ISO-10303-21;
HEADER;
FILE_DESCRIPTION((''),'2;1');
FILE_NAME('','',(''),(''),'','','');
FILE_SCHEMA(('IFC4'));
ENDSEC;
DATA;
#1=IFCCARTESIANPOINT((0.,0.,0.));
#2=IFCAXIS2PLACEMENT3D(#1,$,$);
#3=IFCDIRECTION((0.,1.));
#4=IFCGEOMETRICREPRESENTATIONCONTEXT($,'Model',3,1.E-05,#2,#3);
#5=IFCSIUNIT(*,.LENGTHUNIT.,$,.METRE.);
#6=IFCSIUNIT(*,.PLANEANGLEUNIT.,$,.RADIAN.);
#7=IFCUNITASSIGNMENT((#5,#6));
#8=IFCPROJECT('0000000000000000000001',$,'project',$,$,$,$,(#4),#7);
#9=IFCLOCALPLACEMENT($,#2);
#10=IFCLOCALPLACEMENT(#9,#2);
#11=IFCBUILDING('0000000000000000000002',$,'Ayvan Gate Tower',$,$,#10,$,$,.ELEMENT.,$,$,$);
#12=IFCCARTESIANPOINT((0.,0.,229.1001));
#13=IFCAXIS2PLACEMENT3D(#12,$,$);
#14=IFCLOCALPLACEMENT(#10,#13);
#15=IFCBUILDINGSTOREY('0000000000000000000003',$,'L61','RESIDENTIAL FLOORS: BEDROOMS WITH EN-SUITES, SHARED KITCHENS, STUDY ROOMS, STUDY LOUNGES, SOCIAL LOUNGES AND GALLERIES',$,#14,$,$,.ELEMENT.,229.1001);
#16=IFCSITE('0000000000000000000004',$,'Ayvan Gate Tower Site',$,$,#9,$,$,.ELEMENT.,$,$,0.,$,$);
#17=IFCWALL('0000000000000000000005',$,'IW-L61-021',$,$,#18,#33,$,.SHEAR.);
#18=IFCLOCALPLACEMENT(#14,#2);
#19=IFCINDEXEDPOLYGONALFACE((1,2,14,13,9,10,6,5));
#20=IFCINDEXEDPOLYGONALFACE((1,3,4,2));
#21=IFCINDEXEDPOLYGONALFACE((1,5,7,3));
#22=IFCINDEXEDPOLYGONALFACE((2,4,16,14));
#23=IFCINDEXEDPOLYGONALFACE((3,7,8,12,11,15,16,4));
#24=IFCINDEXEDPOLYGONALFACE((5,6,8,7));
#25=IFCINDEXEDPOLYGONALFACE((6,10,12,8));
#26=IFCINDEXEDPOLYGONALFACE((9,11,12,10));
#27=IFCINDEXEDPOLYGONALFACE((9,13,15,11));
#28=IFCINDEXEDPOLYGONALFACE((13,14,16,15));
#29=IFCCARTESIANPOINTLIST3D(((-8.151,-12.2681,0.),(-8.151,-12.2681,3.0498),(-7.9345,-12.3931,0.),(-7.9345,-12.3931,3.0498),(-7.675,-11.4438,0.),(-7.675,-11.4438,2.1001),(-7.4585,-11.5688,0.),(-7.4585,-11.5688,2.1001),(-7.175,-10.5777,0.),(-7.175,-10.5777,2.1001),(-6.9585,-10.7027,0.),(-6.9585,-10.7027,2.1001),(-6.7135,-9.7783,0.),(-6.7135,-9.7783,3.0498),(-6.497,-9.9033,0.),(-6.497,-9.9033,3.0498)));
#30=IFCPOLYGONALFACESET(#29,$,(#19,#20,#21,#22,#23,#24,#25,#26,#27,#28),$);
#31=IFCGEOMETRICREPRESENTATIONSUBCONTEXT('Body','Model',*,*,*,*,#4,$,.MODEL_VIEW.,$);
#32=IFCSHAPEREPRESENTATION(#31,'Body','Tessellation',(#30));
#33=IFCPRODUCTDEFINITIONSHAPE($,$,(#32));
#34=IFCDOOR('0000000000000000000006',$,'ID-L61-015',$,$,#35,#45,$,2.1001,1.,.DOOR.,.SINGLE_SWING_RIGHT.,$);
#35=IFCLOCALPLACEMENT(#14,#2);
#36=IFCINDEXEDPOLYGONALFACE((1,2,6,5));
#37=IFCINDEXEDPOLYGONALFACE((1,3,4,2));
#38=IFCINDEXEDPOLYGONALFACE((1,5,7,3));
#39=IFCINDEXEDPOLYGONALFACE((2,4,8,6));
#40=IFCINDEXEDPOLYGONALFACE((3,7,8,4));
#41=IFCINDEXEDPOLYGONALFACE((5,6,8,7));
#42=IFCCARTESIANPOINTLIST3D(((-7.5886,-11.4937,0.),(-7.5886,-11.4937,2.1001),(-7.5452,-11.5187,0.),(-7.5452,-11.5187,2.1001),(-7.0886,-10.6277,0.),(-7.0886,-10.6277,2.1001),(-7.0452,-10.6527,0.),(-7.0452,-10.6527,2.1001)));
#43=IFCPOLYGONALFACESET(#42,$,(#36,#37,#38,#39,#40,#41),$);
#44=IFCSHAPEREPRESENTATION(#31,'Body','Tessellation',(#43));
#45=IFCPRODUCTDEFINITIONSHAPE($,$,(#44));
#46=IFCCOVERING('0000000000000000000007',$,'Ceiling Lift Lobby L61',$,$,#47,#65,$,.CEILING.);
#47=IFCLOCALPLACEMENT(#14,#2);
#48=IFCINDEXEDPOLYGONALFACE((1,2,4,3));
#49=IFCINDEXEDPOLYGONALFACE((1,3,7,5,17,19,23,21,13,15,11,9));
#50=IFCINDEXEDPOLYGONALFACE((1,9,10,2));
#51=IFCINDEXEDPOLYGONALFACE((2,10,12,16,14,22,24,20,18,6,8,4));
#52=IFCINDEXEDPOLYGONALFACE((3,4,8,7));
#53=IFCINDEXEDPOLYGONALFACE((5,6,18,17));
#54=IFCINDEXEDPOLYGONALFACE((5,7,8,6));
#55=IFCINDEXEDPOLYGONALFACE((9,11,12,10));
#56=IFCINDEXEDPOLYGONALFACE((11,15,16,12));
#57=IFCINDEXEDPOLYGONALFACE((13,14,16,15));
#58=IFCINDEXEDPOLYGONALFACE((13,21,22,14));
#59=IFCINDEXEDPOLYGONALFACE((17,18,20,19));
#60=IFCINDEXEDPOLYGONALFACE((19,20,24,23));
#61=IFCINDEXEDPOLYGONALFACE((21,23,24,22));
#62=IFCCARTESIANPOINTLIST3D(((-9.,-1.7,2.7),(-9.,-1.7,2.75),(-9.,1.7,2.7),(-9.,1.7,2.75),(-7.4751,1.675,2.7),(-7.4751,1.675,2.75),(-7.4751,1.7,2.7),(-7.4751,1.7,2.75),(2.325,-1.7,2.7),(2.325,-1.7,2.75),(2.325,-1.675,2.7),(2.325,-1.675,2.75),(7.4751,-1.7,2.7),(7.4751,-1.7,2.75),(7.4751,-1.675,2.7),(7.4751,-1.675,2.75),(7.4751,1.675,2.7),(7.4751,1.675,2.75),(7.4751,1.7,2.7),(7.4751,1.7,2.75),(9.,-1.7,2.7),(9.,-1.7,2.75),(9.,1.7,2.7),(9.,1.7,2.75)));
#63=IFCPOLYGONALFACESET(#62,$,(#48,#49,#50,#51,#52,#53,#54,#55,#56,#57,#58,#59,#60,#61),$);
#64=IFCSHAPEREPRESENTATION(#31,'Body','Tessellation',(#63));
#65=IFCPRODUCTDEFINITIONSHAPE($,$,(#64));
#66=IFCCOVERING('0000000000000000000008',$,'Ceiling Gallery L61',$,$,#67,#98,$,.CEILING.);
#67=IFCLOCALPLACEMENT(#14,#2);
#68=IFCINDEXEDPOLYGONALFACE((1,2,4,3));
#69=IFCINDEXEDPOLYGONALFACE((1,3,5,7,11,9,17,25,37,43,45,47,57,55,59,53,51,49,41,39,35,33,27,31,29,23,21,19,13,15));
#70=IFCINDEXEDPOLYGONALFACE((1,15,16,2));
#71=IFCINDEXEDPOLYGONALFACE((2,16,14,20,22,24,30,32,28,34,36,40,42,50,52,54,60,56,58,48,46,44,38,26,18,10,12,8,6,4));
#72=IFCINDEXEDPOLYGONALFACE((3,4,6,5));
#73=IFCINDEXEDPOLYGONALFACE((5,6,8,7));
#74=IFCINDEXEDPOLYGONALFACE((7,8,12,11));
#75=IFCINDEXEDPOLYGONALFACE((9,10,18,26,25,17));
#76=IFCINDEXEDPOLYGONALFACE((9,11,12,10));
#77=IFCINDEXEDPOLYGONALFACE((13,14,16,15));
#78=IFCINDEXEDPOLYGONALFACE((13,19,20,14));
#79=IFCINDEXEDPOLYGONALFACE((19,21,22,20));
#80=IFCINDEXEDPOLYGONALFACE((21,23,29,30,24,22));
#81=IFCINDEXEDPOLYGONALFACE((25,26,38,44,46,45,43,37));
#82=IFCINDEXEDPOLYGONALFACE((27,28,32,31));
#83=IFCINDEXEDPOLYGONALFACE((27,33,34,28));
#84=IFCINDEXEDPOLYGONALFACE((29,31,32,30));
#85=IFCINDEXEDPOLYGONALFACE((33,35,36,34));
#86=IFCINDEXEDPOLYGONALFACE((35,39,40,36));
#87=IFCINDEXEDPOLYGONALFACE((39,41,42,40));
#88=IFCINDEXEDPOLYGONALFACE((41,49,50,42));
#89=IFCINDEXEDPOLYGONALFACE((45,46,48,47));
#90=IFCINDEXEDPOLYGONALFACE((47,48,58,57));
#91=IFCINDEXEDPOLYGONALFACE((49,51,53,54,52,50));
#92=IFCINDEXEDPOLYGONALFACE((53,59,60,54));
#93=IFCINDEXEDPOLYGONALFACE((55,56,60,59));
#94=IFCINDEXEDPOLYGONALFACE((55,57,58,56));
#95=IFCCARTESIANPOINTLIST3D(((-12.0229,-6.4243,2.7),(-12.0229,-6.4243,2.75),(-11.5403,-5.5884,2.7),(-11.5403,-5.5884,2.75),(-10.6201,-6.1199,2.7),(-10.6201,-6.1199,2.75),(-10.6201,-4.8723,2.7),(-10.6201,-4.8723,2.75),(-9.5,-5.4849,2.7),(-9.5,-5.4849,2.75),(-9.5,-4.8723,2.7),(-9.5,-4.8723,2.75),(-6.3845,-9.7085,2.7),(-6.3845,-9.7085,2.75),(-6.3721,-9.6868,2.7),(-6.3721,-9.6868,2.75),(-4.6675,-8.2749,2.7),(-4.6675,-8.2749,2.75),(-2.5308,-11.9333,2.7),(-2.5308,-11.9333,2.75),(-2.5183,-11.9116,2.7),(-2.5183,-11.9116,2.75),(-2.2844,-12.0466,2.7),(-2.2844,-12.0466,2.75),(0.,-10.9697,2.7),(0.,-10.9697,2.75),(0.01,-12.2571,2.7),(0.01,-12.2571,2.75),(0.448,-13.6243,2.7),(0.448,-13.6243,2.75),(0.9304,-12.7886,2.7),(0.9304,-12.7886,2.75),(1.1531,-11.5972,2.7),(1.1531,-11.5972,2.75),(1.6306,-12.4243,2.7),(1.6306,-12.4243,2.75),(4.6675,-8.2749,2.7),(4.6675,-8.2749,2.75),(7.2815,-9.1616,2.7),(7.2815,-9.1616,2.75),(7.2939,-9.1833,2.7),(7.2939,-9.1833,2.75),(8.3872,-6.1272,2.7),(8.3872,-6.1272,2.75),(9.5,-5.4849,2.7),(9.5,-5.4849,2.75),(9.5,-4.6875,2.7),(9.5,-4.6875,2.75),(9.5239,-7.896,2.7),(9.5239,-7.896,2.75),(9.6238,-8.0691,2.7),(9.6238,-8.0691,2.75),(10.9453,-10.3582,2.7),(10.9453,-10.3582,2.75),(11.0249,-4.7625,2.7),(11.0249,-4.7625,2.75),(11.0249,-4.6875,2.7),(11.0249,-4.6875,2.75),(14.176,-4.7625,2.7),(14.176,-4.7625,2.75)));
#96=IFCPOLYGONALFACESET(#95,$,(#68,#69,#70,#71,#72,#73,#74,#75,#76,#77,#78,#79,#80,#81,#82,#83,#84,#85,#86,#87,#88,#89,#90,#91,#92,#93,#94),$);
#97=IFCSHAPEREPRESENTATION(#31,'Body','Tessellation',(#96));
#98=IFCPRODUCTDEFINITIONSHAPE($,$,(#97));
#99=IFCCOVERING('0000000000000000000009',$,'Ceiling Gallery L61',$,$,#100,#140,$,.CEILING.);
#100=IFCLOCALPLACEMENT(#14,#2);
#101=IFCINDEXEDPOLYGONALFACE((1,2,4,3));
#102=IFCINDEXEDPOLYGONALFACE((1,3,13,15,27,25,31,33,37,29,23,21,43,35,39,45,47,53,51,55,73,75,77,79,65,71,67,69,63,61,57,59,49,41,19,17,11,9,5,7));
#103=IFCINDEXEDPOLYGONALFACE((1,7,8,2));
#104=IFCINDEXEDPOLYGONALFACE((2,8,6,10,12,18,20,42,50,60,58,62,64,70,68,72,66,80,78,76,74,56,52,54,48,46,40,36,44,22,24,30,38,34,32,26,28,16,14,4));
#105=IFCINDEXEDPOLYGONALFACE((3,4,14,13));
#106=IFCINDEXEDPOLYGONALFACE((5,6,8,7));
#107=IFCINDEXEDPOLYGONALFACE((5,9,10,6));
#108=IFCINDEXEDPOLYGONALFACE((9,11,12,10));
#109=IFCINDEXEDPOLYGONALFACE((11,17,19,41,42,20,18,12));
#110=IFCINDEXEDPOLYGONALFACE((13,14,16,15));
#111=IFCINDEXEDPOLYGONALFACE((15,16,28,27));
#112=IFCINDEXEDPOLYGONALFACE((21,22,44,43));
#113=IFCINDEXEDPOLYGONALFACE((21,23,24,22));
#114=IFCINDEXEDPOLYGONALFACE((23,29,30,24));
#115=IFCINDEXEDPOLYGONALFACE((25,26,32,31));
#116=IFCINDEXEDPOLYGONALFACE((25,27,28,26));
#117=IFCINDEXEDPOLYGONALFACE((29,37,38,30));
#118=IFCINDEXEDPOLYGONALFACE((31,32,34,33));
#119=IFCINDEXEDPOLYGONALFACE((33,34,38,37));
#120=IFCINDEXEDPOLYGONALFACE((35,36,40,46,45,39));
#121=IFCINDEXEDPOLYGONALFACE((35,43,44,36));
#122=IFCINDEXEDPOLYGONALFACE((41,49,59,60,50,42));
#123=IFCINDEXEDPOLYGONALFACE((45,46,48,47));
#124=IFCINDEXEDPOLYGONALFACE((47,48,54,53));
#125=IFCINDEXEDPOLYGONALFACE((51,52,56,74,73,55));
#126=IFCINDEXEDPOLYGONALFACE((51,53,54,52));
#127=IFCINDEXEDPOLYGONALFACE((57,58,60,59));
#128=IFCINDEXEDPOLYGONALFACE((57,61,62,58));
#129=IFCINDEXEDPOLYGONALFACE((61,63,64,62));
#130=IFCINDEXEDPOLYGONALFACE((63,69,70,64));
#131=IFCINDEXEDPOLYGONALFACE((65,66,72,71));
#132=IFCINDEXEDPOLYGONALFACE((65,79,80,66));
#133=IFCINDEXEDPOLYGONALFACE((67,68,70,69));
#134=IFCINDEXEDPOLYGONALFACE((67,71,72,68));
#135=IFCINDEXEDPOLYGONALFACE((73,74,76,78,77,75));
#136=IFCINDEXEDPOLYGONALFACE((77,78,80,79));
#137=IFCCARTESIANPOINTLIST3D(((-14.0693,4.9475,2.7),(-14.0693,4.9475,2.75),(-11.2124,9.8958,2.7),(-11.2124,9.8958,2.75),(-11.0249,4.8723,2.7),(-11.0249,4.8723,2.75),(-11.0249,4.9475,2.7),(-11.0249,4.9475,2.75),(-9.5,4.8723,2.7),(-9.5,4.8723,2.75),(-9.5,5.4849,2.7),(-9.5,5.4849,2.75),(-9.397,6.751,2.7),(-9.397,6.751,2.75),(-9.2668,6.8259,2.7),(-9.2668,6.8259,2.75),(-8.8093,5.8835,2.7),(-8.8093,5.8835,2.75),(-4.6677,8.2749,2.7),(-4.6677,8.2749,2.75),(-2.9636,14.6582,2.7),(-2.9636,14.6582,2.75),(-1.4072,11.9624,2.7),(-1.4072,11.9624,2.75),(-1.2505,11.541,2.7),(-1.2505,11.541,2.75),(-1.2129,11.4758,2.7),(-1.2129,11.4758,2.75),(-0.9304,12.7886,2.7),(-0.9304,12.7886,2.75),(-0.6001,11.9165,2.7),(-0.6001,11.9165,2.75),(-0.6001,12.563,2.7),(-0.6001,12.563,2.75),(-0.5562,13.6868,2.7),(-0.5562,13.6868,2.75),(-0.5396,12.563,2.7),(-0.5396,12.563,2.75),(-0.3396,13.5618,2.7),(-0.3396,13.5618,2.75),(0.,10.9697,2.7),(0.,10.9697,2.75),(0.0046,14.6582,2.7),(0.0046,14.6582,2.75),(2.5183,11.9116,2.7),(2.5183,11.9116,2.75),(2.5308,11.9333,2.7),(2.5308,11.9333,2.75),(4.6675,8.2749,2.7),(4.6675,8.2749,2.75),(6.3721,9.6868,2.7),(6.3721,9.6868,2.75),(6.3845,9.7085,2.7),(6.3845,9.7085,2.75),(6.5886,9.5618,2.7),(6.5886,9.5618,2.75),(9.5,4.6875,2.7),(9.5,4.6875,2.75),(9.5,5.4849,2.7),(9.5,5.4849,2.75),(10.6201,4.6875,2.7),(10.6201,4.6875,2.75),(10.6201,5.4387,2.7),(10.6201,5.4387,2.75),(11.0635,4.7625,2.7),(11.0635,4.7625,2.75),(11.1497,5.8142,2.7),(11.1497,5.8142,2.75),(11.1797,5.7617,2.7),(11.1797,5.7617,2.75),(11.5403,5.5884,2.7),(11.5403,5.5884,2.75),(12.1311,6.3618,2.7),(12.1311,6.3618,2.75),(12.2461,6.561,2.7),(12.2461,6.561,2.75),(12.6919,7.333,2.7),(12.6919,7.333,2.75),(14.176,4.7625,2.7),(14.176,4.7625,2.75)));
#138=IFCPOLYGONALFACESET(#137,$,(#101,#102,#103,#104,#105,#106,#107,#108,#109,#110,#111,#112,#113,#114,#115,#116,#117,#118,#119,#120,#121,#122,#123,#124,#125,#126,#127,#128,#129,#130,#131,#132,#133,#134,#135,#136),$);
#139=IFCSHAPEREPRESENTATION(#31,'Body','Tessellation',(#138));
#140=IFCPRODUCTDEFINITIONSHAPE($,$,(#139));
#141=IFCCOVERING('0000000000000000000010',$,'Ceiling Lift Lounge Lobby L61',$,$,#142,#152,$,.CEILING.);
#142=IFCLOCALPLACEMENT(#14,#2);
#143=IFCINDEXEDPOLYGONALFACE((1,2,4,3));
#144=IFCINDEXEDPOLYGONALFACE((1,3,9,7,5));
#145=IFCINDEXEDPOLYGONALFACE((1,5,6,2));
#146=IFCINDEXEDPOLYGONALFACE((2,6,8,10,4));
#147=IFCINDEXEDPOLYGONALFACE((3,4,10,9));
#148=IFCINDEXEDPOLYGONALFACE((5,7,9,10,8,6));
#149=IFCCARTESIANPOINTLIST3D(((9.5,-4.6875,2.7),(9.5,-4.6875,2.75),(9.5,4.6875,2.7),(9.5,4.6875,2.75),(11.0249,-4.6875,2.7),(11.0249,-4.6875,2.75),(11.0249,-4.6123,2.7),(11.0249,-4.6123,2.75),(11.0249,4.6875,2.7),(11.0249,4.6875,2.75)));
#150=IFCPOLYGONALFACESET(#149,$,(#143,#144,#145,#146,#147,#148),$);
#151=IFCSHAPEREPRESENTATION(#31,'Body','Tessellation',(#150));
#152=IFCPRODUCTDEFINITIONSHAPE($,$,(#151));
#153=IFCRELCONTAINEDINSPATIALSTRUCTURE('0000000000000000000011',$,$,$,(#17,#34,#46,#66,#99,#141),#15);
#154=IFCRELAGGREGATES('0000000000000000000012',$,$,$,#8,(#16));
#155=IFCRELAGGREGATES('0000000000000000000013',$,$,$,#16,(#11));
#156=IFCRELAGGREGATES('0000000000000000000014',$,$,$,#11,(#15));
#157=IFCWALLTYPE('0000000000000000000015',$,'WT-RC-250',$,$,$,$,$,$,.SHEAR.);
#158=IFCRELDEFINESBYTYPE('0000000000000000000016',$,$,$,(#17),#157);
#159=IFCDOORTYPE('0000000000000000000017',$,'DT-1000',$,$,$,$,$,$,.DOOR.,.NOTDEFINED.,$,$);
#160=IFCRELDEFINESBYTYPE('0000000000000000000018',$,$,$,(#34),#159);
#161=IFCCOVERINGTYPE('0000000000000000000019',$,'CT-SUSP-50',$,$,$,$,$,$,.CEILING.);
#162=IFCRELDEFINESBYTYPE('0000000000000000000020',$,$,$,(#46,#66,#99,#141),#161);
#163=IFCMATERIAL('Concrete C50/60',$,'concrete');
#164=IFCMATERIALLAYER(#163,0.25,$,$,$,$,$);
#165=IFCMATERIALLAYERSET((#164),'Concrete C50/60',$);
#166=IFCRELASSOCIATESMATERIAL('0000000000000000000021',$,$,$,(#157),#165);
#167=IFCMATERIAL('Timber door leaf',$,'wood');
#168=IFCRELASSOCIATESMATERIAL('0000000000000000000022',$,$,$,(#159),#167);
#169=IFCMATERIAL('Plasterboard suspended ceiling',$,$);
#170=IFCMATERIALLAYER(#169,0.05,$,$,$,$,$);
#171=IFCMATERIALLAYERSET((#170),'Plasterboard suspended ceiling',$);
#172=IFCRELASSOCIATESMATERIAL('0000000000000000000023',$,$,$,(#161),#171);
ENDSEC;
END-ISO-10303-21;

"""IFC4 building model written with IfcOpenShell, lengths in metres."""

from ifc_helpers import new_model, si_unit, direction, frame, frame_2d, origin, place, context, subcontext, project, spatial, polyline, rectangle, outline, extrude, material, layer, layer_set, type_object, element, fill, save


model = new_model("IFC4")

# Units and contexts
model_context = context("Model", 3, precision=1e-05, world=origin(), true_north=direction((0.0, 1.0)))
body_context = subcontext(model_context, "Body", "Model", "MODEL_VIEW")
ifc_project = project(units=[si_unit("LENGTHUNIT", "METRE"), si_unit("PLANEANGLEUNIT", "RADIAN")], contexts=[model_context])

# Site, building, storey
site_placement = place(None, origin())
site = spatial("IfcSite", under=ifc_project, at=site_placement, Name="Ayvan Gate Tower Site", CompositionType="ELEMENT", RefElevation=0.0)
building_placement = place(site_placement, origin())
building = spatial("IfcBuilding", under=site, at=building_placement, Name="Ayvan Gate Tower", CompositionType="ELEMENT")
storey_placement = place(building_placement, frame((0.0, 0.0, 229.1001)))
storey = spatial("IfcBuildingStorey", under=building, at=storey_placement, Name="L61", Description="RESIDENTIAL FLOORS: BEDROOMS WITH EN-SUITES, SHARED KITCHENS, STUDY ROOMS, STUDY LOUNGES, SOCIAL LOUNGES AND GALLERIES", CompositionType="ELEMENT", Elevation=229.1001)

# Shared definitions
ifc_material_1 = material(Name="Timber door leaf", Category="wood")

# Wall, opening, door
ifc_material_2 = material(Name="Concrete C50/60", Category="concrete")
ifc_layer_1 = layer(ifc_material_2, 0.25)
ifc_layer_set_1 = layer_set([ifc_layer_1], Name="Concrete C50/60")
wall_type_1 = type_object("IfcWallType", Name="WT-RC-250", PredefinedType="SHEAR", material=ifc_layer_set_1)
wall_1_placement = place(storey_placement, frame((-6.6052, -9.8408, 0.0), z_axis=(0.0, 0.0, 1.0), x_axis=(-0.500012, -0.866019, 0.0)))
wall_1 = element("IfcWall", 1, at=wall_1_placement, inside=storey, type_object=wall_type_1, Name="IW-L61-021", PredefinedType="SHEAR", context=body_context, shape_type="SweptSolid", body=[
    extrude(rectangle(XDim=2.875, YDim=0.25, at=frame_2d((1.4375, 0.0))), origin(), (0.0, 0.0, 1.0), 3.0498),
])
opening_1_placement = place(wall_1_placement, frame((0.9231, 0.0, 0.0)))
opening_1 = element("IfcOpeningElement", 2, at=opening_1_placement, cuts=wall_1, PredefinedType="OPENING", context=body_context, shape_type="SweptSolid", body=[
    extrude(rectangle(XDim=1.0, YDim=2.1001, at=frame_2d((0.5, 1.05))), frame((0.0, 0.135, 0.0), z_axis=(0.0, -1.0, 0.0), x_axis=(1.0, 0.0, 0.0)), (0.0, 0.0, 1.0), 0.27),
])
door_type_1 = type_object("IfcDoorType", Name="DT-1000", OperationType="NOTDEFINED", PredefinedType="DOOR", material=ifc_material_1)
door_1_placement = place(opening_1_placement, origin())
door_1 = element("IfcDoor", 3, at=door_1_placement, inside=storey, type_object=door_type_1, Name="ID-L61-015", OperationType="SINGLE_SWING_RIGHT", OverallHeight=2.1001, OverallWidth=1.0, PredefinedType="DOOR", context=body_context, shape_type="SweptSolid", body=[
    extrude(rectangle(XDim=1.0, YDim=2.1001, at=frame_2d((0.5, 1.05))), frame((0.0, 0.0249, 0.0), z_axis=(0.0, -1.0, 0.0), x_axis=(1.0, 0.0, 0.0)), (0.0, 0.0, 1.0), 0.05),
])
fill(opening_1, door_1)

# Coverings
ifc_material_3 = material(Name="Plasterboard suspended ceiling")
ifc_layer_2 = layer(ifc_material_3, 0.05)
ifc_layer_set_2 = layer_set([ifc_layer_2], Name="Plasterboard suspended ceiling")
covering_type = type_object("IfcCoveringType", Name="CT-SUSP-50", PredefinedType="CEILING", material=ifc_layer_set_2)
covering_1_placement = place(storey_placement, frame((0.0, 0.0, 2.7)))
element("IfcCovering", 4, at=covering_1_placement, inside=storey, type_object=covering_type, Name="Ceiling Lift Lobby L61", PredefinedType="CEILING", context=body_context, shape_type="SweptSolid", body=[
    extrude(outline(polyline([(7.4751, -1.675), (2.325, -1.675), (2.325, -1.7), (-9.0, -1.7), (-9.0, 1.7), (-7.4751, 1.7), (-7.4751, 1.675), (7.4751, 1.675), (7.4751, 1.7), (9.0, 1.7), (9.0, -1.7), (7.4751, -1.7), (7.4751, -1.675)])), origin(), (0.0, 0.0, 1.0), 0.05),
])
covering_2_placement = place(storey_placement, frame((0.0, 0.0, 2.7)))
element("IfcCovering", 5, at=covering_2_placement, inside=storey, type_object=covering_type, Name="Ceiling Gallery L61", PredefinedType="CEILING", context=body_context, shape_type="SweptSolid", body=[
    extrude(outline(polyline([(-4.6675, -8.2749), (0.0, -10.9697), (4.6675, -8.2749), (8.3872, -6.1272), (9.5, -5.4849), (9.5, -4.6875), (11.0249, -4.6875), (11.0249, -4.7625), (14.176, -4.7625), (10.9453, -10.3582), (9.6238, -8.0691), (9.5239, -7.896), (7.2939, -9.1833), (7.2815, -9.1616), (1.6306, -12.4243), (1.1531, -11.5972), (0.01, -12.2571), (0.9304, -12.7886), (0.448, -13.6243), (-2.2844, -12.0466), (-2.5183, -11.9116), (-2.5308, -11.9333), (-6.3845, -9.7085), (-6.3721, -9.6868), (-12.0229, -6.4243), (-11.5403, -5.5884), (-10.6201, -6.1199), (-10.6201, -4.8723), (-9.5, -4.8723), (-9.5, -5.4849), (-4.6675, -8.2749)])), origin(), (0.0, 0.0, 1.0), 0.05),
])
covering_3_placement = place(storey_placement, frame((0.0, 0.0, 2.7)))
element("IfcCovering", 6, at=covering_3_placement, inside=storey, type_object=covering_type, Name="Ceiling Gallery L61", PredefinedType="CEILING", context=body_context, shape_type="SweptSolid", body=[
    extrude(outline(polyline([(-0.5396, 12.563), (-0.9304, 12.7886), (-1.4072, 11.9624), (-2.9636, 14.6582), (0.0046, 14.6582), (-0.5562, 13.6868), (-0.3396, 13.5618), (2.5183, 11.9116), (2.5308, 11.9333), (6.3845, 9.7085), (6.3721, 9.6868), (6.5886, 9.5618), (12.1311, 6.3618), (12.2461, 6.561), (12.6919, 7.333), (14.176, 4.7625), (11.0635, 4.7625), (11.5403, 5.5884), (11.1497, 5.8142), (11.1797, 5.7617), (10.6201, 5.4387), (10.6201, 4.6875), (9.5, 4.6875), (9.5, 5.4849), (4.6675, 8.2749), (0.0, 10.9697), (-4.6677, 8.2749), (-8.8093, 5.8835), (-9.5, 5.4849), (-9.5, 4.8723), (-11.0249, 4.8723), (-11.0249, 4.9475), (-14.0693, 4.9475), (-11.2124, 9.8958), (-9.397, 6.751), (-9.2668, 6.8259), (-1.2129, 11.4758), (-1.2505, 11.541), (-0.6001, 11.9165), (-0.6001, 12.563), (-0.5396, 12.563)])), origin(), (0.0, 0.0, 1.0), 0.05),
])
covering_4_placement = place(storey_placement, frame((0.0, 0.0, 2.7)))
element("IfcCovering", 7, at=covering_4_placement, inside=storey, type_object=covering_type, Name="Ceiling Lift Lounge Lobby L61", PredefinedType="CEILING", context=body_context, shape_type="SweptSolid", body=[
    extrude(outline(polyline([(11.0249, -4.6875), (9.5, -4.6875), (9.5, 4.6875), (11.0249, 4.6875), (11.0249, -4.6123), (11.0249, -4.6123), (11.0249, -4.6875)])), origin(), (0.0, 0.0, 1.0), 0.05),
])

save(model, "model.ifc")
